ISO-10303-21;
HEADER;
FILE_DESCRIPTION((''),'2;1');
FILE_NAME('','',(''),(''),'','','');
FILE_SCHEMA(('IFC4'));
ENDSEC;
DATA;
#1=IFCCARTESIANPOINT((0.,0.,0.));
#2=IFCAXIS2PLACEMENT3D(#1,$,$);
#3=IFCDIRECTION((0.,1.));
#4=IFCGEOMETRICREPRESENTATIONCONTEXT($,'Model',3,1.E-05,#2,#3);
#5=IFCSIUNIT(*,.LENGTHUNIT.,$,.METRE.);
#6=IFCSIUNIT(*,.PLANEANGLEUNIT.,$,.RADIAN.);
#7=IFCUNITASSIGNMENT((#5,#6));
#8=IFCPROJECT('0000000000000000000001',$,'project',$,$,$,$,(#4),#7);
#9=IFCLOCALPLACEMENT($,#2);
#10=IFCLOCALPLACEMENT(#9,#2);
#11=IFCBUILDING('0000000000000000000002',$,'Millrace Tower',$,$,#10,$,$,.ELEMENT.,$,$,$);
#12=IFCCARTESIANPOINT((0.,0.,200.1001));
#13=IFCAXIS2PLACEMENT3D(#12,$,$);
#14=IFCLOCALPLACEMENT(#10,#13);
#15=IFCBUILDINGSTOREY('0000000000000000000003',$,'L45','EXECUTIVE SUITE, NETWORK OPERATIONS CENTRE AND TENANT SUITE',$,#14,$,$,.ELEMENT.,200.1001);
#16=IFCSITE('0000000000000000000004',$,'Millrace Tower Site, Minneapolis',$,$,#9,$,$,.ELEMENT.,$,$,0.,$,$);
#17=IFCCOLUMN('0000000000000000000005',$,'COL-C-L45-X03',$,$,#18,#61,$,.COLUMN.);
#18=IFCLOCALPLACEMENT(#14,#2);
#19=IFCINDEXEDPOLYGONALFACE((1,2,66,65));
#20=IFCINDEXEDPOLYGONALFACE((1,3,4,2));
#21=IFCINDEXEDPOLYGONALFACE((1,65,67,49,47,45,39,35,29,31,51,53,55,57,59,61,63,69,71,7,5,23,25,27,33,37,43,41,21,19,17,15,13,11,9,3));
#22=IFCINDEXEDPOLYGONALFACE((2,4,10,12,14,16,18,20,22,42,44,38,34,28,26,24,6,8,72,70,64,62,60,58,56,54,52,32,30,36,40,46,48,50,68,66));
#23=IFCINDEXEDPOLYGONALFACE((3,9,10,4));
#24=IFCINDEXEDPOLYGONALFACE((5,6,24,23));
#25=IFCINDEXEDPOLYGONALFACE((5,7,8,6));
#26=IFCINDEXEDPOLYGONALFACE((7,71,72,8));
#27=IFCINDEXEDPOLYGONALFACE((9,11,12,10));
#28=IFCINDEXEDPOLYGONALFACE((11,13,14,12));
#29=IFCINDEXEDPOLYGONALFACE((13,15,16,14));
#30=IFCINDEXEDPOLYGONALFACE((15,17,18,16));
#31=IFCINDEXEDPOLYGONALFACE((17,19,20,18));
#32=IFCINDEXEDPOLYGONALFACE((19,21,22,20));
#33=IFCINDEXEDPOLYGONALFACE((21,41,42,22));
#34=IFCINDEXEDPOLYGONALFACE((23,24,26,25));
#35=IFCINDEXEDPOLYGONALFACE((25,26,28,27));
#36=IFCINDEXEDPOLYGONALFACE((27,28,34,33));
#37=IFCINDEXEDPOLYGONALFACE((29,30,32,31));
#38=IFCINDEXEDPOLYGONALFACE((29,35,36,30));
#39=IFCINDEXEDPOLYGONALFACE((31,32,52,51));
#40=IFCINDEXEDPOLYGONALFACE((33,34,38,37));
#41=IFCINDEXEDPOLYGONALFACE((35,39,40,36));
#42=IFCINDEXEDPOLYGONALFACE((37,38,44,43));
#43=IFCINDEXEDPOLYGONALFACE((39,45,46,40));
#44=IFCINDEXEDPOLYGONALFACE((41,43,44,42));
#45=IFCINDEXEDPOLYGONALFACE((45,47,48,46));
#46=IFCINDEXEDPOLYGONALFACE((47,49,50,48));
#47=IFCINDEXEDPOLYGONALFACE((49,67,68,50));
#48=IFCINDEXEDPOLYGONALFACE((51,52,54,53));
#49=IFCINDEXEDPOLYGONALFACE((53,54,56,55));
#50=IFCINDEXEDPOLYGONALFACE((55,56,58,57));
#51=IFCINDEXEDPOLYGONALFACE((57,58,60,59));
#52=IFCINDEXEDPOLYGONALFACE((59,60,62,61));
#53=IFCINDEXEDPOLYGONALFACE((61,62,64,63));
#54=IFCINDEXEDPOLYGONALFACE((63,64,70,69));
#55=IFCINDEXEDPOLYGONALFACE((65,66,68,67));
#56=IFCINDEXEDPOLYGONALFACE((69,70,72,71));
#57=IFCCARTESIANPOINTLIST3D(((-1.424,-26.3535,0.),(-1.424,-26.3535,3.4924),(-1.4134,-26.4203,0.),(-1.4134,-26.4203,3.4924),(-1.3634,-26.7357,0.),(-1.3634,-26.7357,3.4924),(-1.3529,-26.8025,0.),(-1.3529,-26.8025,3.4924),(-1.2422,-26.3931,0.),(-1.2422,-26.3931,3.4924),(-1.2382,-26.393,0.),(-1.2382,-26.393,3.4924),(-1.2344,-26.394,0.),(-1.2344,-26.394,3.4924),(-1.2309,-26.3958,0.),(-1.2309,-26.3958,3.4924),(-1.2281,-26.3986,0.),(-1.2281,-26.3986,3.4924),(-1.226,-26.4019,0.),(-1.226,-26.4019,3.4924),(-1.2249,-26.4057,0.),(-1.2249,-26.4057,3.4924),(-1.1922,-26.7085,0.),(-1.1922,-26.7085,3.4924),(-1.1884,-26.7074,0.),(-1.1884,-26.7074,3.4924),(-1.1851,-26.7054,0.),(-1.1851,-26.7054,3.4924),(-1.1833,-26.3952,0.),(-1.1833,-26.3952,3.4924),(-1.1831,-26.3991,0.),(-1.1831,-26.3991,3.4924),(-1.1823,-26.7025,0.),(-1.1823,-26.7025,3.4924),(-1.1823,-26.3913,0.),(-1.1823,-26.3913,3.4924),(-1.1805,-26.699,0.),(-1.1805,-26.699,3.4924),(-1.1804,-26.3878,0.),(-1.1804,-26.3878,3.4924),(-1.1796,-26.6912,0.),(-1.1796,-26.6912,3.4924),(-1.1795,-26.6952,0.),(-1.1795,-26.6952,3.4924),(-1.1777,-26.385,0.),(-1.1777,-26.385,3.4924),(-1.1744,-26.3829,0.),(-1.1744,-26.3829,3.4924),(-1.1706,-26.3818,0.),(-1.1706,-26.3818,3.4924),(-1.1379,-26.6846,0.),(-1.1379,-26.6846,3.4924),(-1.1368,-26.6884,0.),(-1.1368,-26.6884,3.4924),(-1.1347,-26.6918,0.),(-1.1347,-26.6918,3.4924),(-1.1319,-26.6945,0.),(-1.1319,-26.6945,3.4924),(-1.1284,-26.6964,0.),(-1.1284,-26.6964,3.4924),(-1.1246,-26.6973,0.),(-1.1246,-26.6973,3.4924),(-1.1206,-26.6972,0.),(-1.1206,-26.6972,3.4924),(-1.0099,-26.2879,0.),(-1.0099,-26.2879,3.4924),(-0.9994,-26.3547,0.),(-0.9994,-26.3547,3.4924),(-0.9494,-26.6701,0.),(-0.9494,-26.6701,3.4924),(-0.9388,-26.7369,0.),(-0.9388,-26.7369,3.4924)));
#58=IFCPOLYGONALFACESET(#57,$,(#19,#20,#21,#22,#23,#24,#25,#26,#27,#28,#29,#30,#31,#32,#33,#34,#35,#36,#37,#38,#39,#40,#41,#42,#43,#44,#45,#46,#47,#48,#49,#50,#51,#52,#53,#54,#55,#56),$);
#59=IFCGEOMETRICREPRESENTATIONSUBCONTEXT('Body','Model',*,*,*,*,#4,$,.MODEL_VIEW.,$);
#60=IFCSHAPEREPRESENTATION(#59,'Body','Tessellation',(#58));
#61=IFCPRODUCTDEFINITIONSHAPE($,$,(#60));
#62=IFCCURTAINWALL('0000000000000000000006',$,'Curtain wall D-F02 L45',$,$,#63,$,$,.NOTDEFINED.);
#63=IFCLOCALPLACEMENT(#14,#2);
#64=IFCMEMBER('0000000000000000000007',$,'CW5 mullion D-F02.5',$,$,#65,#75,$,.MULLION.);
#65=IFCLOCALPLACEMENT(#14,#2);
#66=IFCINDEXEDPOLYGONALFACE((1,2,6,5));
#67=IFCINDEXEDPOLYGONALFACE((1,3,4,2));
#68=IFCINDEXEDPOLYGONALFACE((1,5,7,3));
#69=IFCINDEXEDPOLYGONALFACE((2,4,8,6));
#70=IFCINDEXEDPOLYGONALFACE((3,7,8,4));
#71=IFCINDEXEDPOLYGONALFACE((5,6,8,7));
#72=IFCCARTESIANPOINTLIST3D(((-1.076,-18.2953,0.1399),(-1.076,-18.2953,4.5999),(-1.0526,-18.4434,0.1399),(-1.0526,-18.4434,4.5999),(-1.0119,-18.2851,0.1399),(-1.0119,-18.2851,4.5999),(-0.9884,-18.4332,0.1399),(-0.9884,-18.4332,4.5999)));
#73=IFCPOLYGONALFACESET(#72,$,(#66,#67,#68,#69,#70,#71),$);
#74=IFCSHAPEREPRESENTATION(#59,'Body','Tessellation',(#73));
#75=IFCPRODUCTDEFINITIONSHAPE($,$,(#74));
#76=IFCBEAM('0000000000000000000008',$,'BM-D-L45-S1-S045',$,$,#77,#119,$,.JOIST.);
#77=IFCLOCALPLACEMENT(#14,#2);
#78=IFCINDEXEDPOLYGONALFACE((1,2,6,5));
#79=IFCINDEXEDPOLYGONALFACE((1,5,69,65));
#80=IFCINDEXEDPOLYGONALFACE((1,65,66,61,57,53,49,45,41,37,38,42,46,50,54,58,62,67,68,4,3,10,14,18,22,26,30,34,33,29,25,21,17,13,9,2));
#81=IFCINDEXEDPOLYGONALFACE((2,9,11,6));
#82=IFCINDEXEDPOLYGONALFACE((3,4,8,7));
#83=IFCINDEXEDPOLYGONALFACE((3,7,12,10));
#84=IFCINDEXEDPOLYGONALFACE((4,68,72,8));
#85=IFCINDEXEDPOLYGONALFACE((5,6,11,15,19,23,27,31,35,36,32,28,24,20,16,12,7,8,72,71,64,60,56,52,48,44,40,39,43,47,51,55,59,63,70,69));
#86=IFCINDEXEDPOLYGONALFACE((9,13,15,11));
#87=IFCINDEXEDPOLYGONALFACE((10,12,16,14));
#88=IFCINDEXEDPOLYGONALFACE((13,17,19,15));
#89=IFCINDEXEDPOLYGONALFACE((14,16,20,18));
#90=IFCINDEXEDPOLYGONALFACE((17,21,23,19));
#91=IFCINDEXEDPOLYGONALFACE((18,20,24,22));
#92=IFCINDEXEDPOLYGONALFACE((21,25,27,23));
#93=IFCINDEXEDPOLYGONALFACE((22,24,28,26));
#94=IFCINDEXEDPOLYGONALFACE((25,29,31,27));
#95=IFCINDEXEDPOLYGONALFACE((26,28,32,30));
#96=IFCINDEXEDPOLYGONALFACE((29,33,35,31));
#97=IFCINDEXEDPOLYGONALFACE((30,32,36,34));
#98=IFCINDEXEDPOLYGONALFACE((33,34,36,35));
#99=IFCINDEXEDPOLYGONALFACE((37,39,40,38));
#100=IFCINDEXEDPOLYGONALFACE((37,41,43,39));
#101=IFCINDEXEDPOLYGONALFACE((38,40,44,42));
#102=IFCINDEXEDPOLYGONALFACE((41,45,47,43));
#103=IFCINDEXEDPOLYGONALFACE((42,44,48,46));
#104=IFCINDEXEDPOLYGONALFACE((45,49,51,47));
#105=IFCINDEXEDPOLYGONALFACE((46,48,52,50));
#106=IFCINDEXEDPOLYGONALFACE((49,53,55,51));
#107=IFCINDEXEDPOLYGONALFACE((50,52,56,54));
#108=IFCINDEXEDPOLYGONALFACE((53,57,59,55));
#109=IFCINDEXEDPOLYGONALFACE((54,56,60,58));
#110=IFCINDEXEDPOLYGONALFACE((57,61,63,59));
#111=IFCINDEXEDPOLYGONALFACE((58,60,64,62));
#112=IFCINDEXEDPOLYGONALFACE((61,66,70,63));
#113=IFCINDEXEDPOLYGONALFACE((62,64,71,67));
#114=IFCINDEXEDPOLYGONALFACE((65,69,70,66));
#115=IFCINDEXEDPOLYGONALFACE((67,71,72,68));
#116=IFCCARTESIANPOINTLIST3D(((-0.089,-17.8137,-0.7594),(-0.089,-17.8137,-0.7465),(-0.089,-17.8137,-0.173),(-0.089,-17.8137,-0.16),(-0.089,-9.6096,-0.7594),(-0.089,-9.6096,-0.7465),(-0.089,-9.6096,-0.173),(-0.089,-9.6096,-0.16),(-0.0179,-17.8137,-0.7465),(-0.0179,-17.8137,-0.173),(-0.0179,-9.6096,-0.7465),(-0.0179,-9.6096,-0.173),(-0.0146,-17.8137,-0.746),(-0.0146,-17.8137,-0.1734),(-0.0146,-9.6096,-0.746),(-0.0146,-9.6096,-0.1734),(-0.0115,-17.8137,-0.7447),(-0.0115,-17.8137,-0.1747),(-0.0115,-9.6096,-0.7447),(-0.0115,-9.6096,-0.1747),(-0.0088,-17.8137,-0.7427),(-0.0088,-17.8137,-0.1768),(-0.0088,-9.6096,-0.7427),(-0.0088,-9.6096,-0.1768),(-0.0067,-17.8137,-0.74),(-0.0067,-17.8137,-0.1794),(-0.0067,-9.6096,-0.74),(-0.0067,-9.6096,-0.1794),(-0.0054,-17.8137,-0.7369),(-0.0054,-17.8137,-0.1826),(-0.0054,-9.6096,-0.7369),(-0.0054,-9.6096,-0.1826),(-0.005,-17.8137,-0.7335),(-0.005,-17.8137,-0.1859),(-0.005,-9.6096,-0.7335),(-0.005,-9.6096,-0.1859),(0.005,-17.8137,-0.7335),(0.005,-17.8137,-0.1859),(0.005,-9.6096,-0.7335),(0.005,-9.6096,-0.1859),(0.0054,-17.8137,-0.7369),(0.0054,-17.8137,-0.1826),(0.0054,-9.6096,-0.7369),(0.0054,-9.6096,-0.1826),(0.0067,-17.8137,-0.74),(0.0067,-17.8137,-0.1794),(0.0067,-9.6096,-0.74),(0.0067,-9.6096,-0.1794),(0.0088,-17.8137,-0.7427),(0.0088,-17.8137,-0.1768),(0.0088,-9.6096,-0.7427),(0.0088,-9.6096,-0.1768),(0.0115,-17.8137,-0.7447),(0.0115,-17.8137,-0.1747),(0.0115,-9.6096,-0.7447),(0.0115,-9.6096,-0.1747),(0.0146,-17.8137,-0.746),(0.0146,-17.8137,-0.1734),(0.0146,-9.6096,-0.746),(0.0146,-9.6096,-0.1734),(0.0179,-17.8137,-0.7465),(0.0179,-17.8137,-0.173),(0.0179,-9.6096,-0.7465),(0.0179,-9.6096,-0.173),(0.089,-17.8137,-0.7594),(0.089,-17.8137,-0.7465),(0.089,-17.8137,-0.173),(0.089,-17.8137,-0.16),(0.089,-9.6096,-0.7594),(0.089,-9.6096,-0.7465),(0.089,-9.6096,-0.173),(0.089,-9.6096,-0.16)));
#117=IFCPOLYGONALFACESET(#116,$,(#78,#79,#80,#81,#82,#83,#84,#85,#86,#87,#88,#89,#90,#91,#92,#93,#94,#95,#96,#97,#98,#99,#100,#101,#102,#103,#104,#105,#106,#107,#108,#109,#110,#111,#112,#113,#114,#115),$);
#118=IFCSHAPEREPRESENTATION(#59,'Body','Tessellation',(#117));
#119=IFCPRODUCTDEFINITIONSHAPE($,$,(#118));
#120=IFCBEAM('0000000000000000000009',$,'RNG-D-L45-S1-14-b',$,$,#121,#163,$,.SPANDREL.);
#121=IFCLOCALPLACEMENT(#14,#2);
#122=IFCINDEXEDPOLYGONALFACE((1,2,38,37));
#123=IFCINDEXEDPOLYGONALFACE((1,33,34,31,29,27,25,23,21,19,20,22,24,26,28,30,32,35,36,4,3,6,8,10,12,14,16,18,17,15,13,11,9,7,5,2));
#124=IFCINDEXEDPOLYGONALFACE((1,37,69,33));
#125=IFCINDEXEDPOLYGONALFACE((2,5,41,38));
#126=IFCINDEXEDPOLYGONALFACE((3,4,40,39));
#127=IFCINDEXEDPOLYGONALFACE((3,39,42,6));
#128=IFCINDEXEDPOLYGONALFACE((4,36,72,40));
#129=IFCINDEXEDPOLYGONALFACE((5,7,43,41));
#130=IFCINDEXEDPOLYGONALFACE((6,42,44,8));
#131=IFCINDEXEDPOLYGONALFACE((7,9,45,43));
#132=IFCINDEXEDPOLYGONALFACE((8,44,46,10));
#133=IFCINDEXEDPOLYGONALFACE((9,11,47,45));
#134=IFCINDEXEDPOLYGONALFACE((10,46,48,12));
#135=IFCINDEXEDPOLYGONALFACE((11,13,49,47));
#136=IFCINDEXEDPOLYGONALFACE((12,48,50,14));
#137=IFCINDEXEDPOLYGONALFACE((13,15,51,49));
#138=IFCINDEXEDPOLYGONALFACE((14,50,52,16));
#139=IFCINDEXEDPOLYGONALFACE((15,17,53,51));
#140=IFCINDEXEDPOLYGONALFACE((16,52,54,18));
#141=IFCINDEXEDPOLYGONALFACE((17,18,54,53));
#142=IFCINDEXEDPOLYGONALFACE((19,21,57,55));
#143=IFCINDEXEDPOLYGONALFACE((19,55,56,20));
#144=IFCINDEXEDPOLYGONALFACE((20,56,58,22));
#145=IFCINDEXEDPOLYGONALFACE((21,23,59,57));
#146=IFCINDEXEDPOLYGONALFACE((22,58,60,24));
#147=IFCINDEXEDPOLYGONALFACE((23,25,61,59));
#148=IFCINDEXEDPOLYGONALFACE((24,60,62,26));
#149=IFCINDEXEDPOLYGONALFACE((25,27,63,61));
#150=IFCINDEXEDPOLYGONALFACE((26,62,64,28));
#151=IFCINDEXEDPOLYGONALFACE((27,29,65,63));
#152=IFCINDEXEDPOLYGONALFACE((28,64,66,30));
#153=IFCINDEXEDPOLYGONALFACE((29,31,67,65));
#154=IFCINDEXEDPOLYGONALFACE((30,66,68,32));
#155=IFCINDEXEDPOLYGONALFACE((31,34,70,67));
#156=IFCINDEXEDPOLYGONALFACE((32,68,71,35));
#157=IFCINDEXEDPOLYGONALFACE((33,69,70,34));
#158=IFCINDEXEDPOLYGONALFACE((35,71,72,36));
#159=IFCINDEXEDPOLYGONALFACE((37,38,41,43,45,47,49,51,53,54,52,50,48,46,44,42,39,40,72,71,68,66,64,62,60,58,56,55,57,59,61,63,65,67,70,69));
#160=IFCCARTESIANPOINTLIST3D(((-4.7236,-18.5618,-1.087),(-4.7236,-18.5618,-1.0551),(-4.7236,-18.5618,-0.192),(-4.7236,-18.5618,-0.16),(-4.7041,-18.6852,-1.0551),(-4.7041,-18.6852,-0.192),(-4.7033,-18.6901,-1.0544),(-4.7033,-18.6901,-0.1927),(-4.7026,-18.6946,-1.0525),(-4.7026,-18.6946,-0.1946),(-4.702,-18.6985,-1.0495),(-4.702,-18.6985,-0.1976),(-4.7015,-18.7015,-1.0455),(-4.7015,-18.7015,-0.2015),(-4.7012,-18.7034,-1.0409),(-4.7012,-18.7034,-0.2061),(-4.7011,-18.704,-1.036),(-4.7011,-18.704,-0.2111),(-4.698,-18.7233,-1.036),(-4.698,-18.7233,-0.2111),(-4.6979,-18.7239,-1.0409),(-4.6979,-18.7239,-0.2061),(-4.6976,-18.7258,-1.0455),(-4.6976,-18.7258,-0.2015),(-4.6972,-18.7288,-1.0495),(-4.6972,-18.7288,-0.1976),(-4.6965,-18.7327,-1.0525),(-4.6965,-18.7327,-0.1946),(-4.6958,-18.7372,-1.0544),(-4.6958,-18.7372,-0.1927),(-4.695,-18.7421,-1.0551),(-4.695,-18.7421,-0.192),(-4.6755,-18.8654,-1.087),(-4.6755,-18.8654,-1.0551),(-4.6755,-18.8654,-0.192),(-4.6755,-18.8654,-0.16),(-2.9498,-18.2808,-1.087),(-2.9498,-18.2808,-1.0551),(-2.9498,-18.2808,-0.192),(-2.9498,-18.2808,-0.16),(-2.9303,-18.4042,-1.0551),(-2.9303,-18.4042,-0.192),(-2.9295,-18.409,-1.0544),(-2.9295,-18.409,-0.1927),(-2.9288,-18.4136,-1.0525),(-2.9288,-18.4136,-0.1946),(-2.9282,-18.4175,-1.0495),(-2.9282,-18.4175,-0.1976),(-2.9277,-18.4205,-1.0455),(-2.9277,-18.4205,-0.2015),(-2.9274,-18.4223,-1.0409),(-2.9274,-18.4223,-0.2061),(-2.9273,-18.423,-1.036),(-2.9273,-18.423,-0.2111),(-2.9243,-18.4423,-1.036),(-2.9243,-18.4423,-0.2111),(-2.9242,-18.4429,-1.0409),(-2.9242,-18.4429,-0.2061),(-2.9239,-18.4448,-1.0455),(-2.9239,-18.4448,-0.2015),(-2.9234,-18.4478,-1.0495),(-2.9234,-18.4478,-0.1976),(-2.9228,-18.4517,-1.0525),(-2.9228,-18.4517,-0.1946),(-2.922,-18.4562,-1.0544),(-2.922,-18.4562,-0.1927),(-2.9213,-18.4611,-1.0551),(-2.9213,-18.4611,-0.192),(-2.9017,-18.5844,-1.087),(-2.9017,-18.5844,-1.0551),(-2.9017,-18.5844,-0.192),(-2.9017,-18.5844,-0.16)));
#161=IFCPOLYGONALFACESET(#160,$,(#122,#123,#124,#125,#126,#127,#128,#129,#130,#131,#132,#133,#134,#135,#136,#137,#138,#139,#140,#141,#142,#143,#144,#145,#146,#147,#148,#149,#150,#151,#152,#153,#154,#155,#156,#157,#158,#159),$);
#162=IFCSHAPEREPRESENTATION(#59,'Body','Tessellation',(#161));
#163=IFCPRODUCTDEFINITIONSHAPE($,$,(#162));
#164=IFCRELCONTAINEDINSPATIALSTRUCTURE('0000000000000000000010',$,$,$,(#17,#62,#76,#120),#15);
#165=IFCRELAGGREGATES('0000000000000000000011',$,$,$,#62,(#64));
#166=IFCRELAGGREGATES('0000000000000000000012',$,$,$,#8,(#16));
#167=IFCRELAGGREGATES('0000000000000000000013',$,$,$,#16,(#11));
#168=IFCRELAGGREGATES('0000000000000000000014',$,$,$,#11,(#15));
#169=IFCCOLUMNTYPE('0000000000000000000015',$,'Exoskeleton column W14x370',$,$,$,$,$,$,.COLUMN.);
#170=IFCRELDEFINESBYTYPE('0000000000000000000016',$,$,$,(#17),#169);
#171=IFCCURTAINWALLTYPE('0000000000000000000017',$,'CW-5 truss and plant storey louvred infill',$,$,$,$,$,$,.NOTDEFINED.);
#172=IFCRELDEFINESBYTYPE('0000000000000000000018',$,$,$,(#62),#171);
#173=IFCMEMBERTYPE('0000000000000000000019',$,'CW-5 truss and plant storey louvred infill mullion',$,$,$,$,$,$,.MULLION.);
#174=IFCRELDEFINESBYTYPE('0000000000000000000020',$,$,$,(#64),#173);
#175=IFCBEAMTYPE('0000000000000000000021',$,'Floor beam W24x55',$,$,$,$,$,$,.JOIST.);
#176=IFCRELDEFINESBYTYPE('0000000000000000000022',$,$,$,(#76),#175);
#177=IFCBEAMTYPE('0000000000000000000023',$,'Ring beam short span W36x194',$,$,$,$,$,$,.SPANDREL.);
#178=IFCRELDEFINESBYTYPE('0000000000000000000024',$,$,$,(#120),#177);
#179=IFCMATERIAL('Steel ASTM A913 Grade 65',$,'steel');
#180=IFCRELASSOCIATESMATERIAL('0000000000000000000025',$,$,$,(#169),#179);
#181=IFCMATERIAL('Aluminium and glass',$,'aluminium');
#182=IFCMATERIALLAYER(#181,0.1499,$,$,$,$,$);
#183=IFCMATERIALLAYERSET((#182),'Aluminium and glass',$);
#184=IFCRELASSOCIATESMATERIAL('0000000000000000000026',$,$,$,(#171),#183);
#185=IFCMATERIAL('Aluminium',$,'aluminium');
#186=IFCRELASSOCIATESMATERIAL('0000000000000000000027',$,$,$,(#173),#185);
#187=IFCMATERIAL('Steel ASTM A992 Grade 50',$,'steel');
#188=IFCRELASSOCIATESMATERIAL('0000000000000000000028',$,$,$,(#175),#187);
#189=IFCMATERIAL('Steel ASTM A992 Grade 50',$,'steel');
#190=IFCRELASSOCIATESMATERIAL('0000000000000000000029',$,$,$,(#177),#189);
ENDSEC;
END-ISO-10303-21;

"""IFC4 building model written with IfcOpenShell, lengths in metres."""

from ifc_helpers import new_model, si_unit, direction, frame, origin, origin_2d, place, context, subcontext, project, spatial, rectangle, i_section, extrude, material, layer, layer_set, material_profile, profile_set, type_object, element, aggregate, save


model = new_model("IFC4")

# Units and contexts
model_context = context("Model", 3, precision=1e-05, world=origin(), true_north=direction((0.0, 1.0)))
body_context = subcontext(model_context, "Body", "Model", "MODEL_VIEW")
ifc_project = project(units=[si_unit("LENGTHUNIT", "METRE"), si_unit("PLANEANGLEUNIT", "RADIAN")], contexts=[model_context])

# Site, building, storey
site_placement = place(None, origin())
site = spatial("IfcSite", under=ifc_project, at=site_placement, Name="Millrace Tower Site, Minneapolis", CompositionType="ELEMENT", RefElevation=0.0)
building_placement = place(site_placement, origin())
building = spatial("IfcBuilding", under=site, at=building_placement, Name="Millrace Tower", CompositionType="ELEMENT")
storey_placement = place(building_placement, frame((0.0, 0.0, 200.1001)))
storey = spatial("IfcBuildingStorey", under=building, at=storey_placement, Name="L45", Description="EXECUTIVE SUITE, NETWORK OPERATIONS CENTRE AND TENANT SUITE", CompositionType="ELEMENT", Elevation=200.1001)

# Column
ifc_material_1 = material(Name="Steel ASTM A913 Grade 65", Category="steel")
ifc_material_profile_1 = material_profile(ifc_material_1, i_section(OverallWidth=0.4192, OverallDepth=0.4546, WebThickness=0.0422, FlangeThickness=0.0676, FilletRadius=0.0151, at=origin_2d()))
ifc_profile_set_1 = profile_set([ifc_material_profile_1], Name="Steel ASTM A913 Grade 65")
column_type = type_object("IfcColumnType", Name="Exoskeleton column W14x370", PredefinedType="COLUMN", material=ifc_profile_set_1)
column_placement = place(storey_placement, frame((-1.1814, -26.5452, 0.0), z_axis=(0.0, 0.0, 1.0), x_axis=(0.987688, 0.156434, 0.0)))
element("IfcColumn", 1, at=column_placement, inside=storey, type_object=column_type, Name="COL-C-L45-X03", PredefinedType="COLUMN", context=body_context, shape_type="SweptSolid", body=[
    extrude(i_section(OverallWidth=0.4192, OverallDepth=0.4546, WebThickness=0.0422, FlangeThickness=0.0676, FilletRadius=0.0151, at=origin_2d()), origin(), (0.0, 0.0, 1.0), 3.4924),
])

# Curtain wall, member
ifc_material_2 = material(Name="Aluminium and glass", Category="aluminium")
ifc_layer_1 = layer(ifc_material_2, 0.1499)
ifc_layer_set_1 = layer_set([ifc_layer_1], Name="Aluminium and glass")
curtain_wall_type = type_object("IfcCurtainWallType", Name="CW-5 truss and plant storey louvred infill", PredefinedType="NOTDEFINED", material=ifc_layer_set_1)
curtain_wall_placement = place(storey_placement, origin())
curtain_wall = element("IfcCurtainWall", 2, at=curtain_wall_placement, inside=storey, type_object=curtain_wall_type, Name="Curtain wall D-F02 L45", PredefinedType="NOTDEFINED")
ifc_material_3 = material(Name="Aluminium", Category="aluminium")
ifc_material_profile_2 = material_profile(ifc_material_3, rectangle(XDim=0.0649, YDim=0.1499, at=origin_2d()))
ifc_profile_set_2 = profile_set([ifc_material_profile_2], Name="Aluminium")
member_type_1 = type_object("IfcMemberType", Name="CW-5 truss and plant storey louvred infill mullion", PredefinedType="MULLION", material=ifc_profile_set_2)
member_1_placement = place(storey_placement, frame((-1.0322, -18.3643, 0.1399), z_axis=(0.0, 0.0, 1.0), x_axis=(0.987688, 0.156434, 0.0)))
member_1 = element("IfcMember", 3, at=member_1_placement, type_object=member_type_1, Name="CW5 mullion D-F02.5", PredefinedType="MULLION", context=body_context, shape_type="SweptSolid", body=[
    extrude(rectangle(XDim=0.0649, YDim=0.1499, at=origin_2d()), origin(), (0.0, 0.0, 1.0), 4.46),
])
aggregate(curtain_wall, [member_1])

# Beams
ifc_material_4 = material(Name="Steel ASTM A992 Grade 50", Category="steel")
ifc_material_profile_3 = material_profile(ifc_material_4, i_section(OverallWidth=0.178, OverallDepth=0.5994, WebThickness=0.01, FlangeThickness=0.0129, FilletRadius=0.0129, at=origin_2d()))
ifc_profile_set_3 = profile_set([ifc_material_profile_3], Name="Steel ASTM A992 Grade 50")
beam_type_1 = type_object("IfcBeamType", Name="Floor beam W24x55", PredefinedType="JOIST", material=ifc_profile_set_3)
beam_1_placement = place(storey_placement, frame((0.0, -17.8137, -0.4597), z_axis=(0.0, 1.0, 0.0), x_axis=(-1.0, 0.0, 0.0)))
element("IfcBeam", 4, at=beam_1_placement, inside=storey, type_object=beam_type_1, Name="BM-D-L45-S1-S045", PredefinedType="JOIST", context=body_context, shape_type="SweptSolid", body=[
    extrude(i_section(OverallWidth=0.178, OverallDepth=0.5994, WebThickness=0.01, FlangeThickness=0.0129, FilletRadius=0.0129, at=origin_2d()), origin(), (0.0, 0.0, 1.0), 8.2041),
])
ifc_material_5 = material(Name="Steel ASTM A992 Grade 50", Category="steel")
ifc_material_profile_4 = material_profile(ifc_material_5, i_section(OverallWidth=0.3074, OverallDepth=0.927, WebThickness=0.0195, FlangeThickness=0.032, FilletRadius=0.019, at=origin_2d()))
ifc_profile_set_4 = profile_set([ifc_material_profile_4], Name="Steel ASTM A992 Grade 50")
beam_type_2 = type_object("IfcBeamType", Name="Ring beam short span W36x194", PredefinedType="SPANDREL", material=ifc_profile_set_4)
beam_2_placement = place(storey_placement, frame((-2.9258, -18.4326, -0.6235), z_axis=(-0.987681, -0.156479, 0.0), x_axis=(0.156479, -0.987681, 0.0)))
element("IfcBeam", 5, at=beam_2_placement, inside=storey, type_object=beam_type_2, Name="RNG-D-L45-S1-14-b", PredefinedType="SPANDREL", context=body_context, shape_type="SweptSolid", body=[
    extrude(i_section(OverallWidth=0.3074, OverallDepth=0.927, WebThickness=0.0195, FlangeThickness=0.032, FilletRadius=0.019, at=origin_2d()), origin(), (0.0, 0.0, 1.0), 1.7959),
])

save(model, "model.ifc")
